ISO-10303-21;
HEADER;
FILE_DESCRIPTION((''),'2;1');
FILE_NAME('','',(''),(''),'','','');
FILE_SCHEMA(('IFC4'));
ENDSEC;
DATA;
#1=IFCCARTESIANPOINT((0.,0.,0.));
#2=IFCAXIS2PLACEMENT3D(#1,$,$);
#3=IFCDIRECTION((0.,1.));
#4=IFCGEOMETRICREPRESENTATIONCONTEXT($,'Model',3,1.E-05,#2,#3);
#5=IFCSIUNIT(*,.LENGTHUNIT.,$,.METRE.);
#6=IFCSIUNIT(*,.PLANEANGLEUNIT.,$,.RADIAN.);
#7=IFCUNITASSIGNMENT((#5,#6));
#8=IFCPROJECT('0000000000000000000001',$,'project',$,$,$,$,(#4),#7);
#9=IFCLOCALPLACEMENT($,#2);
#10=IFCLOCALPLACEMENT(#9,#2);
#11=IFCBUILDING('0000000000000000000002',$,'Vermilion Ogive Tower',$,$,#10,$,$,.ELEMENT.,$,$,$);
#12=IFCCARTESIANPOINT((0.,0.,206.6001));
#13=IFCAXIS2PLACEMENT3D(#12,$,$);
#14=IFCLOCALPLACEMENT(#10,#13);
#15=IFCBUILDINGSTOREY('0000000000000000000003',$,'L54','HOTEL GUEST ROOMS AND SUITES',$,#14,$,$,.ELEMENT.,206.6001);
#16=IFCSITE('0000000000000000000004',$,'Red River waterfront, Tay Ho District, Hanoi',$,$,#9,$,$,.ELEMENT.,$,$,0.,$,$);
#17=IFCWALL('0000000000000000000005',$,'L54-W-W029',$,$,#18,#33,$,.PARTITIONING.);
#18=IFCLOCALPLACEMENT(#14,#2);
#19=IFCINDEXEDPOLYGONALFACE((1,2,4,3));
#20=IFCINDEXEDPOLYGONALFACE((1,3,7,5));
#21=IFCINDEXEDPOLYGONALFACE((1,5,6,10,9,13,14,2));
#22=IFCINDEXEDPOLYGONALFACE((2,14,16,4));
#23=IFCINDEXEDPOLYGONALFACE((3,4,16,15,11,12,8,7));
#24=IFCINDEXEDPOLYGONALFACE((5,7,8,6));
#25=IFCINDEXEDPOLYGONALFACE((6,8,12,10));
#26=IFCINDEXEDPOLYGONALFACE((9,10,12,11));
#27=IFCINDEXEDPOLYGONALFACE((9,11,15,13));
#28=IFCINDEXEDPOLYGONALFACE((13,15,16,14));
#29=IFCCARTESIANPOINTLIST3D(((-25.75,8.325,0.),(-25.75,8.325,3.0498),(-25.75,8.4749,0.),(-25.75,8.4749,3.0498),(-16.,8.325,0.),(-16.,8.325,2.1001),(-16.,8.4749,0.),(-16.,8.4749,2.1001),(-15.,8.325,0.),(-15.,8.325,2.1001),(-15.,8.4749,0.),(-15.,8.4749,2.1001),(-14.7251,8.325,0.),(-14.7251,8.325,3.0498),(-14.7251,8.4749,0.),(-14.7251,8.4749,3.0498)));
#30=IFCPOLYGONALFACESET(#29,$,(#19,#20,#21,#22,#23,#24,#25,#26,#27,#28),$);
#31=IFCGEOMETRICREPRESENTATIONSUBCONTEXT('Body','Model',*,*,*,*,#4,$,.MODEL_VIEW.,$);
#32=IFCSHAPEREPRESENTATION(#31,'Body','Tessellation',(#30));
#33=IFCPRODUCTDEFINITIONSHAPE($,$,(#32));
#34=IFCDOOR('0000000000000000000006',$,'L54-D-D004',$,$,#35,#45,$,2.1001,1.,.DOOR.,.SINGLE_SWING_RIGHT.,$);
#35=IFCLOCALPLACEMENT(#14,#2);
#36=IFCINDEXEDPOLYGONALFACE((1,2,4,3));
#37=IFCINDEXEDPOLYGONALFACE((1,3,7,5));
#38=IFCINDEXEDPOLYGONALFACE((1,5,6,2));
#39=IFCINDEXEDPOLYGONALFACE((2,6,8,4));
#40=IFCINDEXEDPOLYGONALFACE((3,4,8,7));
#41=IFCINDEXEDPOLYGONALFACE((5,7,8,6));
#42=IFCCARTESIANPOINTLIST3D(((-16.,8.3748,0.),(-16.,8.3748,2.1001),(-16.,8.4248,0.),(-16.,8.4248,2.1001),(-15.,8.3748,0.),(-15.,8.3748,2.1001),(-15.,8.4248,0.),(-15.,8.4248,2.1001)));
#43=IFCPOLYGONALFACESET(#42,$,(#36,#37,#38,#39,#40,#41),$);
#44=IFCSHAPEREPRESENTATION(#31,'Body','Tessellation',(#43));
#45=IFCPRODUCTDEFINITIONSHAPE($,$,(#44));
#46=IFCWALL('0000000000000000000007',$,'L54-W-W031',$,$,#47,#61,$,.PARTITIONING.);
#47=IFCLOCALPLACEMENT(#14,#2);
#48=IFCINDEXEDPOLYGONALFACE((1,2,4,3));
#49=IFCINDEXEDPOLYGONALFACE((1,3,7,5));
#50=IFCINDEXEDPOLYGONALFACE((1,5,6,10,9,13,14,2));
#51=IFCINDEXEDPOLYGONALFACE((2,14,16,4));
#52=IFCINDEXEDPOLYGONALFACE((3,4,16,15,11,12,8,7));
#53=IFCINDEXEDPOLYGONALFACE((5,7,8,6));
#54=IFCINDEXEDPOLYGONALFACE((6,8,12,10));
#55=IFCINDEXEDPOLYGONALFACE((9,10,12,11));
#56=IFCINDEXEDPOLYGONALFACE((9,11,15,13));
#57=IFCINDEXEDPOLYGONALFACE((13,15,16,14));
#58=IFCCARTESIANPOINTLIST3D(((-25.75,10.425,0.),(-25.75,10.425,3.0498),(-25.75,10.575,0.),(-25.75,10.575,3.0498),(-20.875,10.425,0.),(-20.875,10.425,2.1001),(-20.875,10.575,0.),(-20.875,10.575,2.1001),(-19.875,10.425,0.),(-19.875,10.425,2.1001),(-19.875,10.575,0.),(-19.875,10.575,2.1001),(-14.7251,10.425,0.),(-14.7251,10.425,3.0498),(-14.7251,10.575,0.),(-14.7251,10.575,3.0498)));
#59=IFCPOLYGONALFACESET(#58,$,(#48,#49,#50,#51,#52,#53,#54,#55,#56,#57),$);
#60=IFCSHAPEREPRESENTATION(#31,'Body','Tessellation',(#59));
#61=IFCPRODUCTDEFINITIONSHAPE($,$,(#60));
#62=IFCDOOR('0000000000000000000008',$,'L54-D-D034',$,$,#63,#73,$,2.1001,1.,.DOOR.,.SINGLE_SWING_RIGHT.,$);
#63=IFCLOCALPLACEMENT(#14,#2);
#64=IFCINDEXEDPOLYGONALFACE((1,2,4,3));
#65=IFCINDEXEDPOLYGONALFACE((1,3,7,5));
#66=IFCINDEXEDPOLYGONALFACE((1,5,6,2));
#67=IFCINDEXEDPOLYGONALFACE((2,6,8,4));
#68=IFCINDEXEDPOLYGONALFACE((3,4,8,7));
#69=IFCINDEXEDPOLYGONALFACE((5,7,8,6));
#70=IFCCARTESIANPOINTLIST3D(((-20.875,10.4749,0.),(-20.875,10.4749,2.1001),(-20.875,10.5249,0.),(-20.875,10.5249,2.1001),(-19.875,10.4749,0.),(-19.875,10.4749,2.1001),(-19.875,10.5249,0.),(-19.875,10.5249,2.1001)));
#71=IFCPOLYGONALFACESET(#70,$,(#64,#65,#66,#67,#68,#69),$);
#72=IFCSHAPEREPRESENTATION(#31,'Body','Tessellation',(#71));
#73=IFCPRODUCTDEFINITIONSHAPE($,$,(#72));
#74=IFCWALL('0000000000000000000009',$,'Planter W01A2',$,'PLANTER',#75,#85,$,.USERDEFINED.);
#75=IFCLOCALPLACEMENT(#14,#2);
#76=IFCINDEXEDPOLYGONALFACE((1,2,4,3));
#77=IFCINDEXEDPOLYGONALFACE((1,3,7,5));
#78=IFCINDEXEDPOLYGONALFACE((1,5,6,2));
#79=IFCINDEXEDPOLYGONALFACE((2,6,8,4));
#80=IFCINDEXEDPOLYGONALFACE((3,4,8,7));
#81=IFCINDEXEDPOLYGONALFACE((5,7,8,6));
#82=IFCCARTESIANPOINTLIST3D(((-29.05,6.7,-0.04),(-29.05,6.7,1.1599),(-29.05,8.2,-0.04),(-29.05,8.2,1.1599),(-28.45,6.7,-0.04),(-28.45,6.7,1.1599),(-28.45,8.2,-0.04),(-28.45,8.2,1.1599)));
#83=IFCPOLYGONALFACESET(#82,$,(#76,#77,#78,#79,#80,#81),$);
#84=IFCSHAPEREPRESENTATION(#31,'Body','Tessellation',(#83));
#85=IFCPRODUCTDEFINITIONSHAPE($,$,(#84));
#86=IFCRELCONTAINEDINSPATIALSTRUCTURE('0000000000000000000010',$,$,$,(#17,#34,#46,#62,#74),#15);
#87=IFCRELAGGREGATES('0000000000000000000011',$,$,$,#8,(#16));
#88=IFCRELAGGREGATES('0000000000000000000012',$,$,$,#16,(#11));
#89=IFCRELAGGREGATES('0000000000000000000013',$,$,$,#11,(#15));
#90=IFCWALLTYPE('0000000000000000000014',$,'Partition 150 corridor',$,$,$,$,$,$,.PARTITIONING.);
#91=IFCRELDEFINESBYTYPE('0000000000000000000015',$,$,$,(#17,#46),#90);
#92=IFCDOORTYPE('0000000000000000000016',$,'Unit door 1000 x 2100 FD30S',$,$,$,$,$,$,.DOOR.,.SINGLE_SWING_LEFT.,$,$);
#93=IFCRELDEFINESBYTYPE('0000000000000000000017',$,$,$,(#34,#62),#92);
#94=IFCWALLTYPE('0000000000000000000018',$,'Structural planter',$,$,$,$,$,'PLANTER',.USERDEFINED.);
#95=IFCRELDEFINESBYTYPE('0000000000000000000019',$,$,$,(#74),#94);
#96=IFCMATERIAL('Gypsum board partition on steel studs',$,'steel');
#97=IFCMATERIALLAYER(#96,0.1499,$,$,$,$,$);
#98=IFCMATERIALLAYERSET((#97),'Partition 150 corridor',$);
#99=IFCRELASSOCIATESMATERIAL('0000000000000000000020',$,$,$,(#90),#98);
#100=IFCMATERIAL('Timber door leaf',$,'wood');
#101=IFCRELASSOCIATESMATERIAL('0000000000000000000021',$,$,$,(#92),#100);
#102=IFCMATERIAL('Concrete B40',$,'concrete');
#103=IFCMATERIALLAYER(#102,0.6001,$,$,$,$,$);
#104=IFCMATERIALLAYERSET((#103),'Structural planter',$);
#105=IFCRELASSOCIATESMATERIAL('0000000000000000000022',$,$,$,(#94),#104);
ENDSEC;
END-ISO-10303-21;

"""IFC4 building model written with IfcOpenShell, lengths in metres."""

from ifc_helpers import new_model, si_unit, direction, frame, frame_2d, origin, place, context, subcontext, project, spatial, rectangle, extrude, material, layer, layer_set, type_object, element, fill, save


model = new_model("IFC4")

# Units and contexts
model_context = context("Model", 3, precision=1e-05, world=origin(), true_north=direction((0.0, 1.0)))
body_context = subcontext(model_context, "Body", "Model", "MODEL_VIEW")
ifc_project = project(units=[si_unit("LENGTHUNIT", "METRE"), si_unit("PLANEANGLEUNIT", "RADIAN")], contexts=[model_context])

# Site, building, storey
site_placement = place(None, origin())
site = spatial("IfcSite", under=ifc_project, at=site_placement, Name="Red River waterfront, Tay Ho District, Hanoi", CompositionType="ELEMENT", RefElevation=0.0)
building_placement = place(site_placement, origin())
building = spatial("IfcBuilding", under=site, at=building_placement, Name="Vermilion Ogive Tower", CompositionType="ELEMENT")
storey_placement = place(building_placement, frame((0.0, 0.0, 206.6001)))
storey = spatial("IfcBuildingStorey", under=building, at=storey_placement, Name="L54", Description="HOTEL GUEST ROOMS AND SUITES", CompositionType="ELEMENT", Elevation=206.6001)

# Walls, openings, doors
ifc_material_1 = material(Name="Gypsum board partition on steel studs", Category="steel")
ifc_layer_1 = layer(ifc_material_1, 0.1499)
ifc_layer_set_1 = layer_set([ifc_layer_1], Name="Partition 150 corridor")
wall_type_1 = type_object("IfcWallType", Name="Partition 150 corridor", PredefinedType="PARTITIONING", material=ifc_layer_set_1)
wall_1_placement = place(storey_placement, frame((-25.75, 8.3999, 0.0), z_axis=(0.0, 0.0, 1.0), x_axis=(1.0, 0.0, 0.0)))
wall_1 = element("IfcWall", 1, at=wall_1_placement, inside=storey, type_object=wall_type_1, Name="L54-W-W029", PredefinedType="PARTITIONING", context=body_context, shape_type="SweptSolid", body=[
    extrude(rectangle(XDim=11.0249, YDim=0.1499, at=frame_2d((5.5125, 0.0))), origin(), (0.0, 0.0, 1.0), 3.0498),
])
opening_1_placement = place(wall_1_placement, frame((9.75, 0.0, 0.0)))
opening_1 = element("IfcOpeningElement", 2, at=opening_1_placement, cuts=wall_1, PredefinedType="OPENING", context=body_context, shape_type="SweptSolid", body=[
    extrude(rectangle(XDim=1.0, YDim=2.1001, at=frame_2d((0.5, 1.05))), frame((0.0, 0.085, 0.0), z_axis=(0.0, -1.0, 0.0), x_axis=(1.0, 0.0, 0.0)), (0.0, 0.0, 1.0), 0.1699),
])
ifc_material_2 = material(Name="Timber door leaf", Category="wood")
door_type_1 = type_object("IfcDoorType", Name="Unit door 1000 x 2100 FD30S", OperationType="SINGLE_SWING_LEFT", PredefinedType="DOOR", material=ifc_material_2)
door_1_placement = place(opening_1_placement, origin())
door_1 = element("IfcDoor", 3, at=door_1_placement, inside=storey, type_object=door_type_1, Name="L54-D-D004", OperationType="SINGLE_SWING_RIGHT", OverallHeight=2.1001, OverallWidth=1.0, PredefinedType="DOOR", context=body_context, shape_type="SweptSolid", body=[
    extrude(rectangle(XDim=1.0, YDim=2.1001, at=frame_2d((0.5, 1.05))), frame((0.0, 0.0249, 0.0), z_axis=(0.0, -1.0, 0.0), x_axis=(1.0, 0.0, 0.0)), (0.0, 0.0, 1.0), 0.05),
])
fill(opening_1, door_1)
wall_2_placement = place(storey_placement, frame((-25.75, 10.5, 0.0), z_axis=(0.0, 0.0, 1.0), x_axis=(1.0, 0.0, 0.0)))
wall_2 = element("IfcWall", 4, at=wall_2_placement, inside=storey, type_object=wall_type_1, Name="L54-W-W031", PredefinedType="PARTITIONING", context=body_context, shape_type="SweptSolid", body=[
    extrude(rectangle(XDim=11.0249, YDim=0.1499, at=frame_2d((5.5125, 0.0))), origin(), (0.0, 0.0, 1.0), 3.0498),
])
opening_2_placement = place(wall_2_placement, frame((4.875, 0.0, 0.0)))
opening_2 = element("IfcOpeningElement", 5, at=opening_2_placement, cuts=wall_2, PredefinedType="OPENING", context=body_context, shape_type="SweptSolid", body=[
    extrude(rectangle(XDim=1.0, YDim=2.1001, at=frame_2d((0.5, 1.05))), frame((0.0, 0.085, 0.0), z_axis=(0.0, -1.0, 0.0), x_axis=(1.0, 0.0, 0.0)), (0.0, 0.0, 1.0), 0.1699),
])
door_2_placement = place(opening_2_placement, origin())
door_2 = element("IfcDoor", 6, at=door_2_placement, inside=storey, type_object=door_type_1, Name="L54-D-D034", OperationType="SINGLE_SWING_RIGHT", OverallHeight=2.1001, OverallWidth=1.0, PredefinedType="DOOR", context=body_context, shape_type="SweptSolid", body=[
    extrude(rectangle(XDim=1.0, YDim=2.1001, at=frame_2d((0.5, 1.05))), frame((0.0, 0.0249, 0.0), z_axis=(0.0, -1.0, 0.0), x_axis=(1.0, 0.0, 0.0)), (0.0, 0.0, 1.0), 0.05),
])
fill(opening_2, door_2)

# Wall
ifc_material_3 = material(Name="Concrete B40", Category="concrete")
ifc_layer_2 = layer(ifc_material_3, 0.6001)
ifc_layer_set_2 = layer_set([ifc_layer_2], Name="Structural planter")
wall_type_2 = type_object("IfcWallType", Name="Structural planter", ElementType="PLANTER", PredefinedType="USERDEFINED", material=ifc_layer_set_2)
wall_3_placement = place(storey_placement, frame((-28.75, 8.2, -0.04), z_axis=(0.0, 0.0, 1.0), x_axis=(0.0, -1.0, 0.0)))
element("IfcWall", 7, at=wall_3_placement, inside=storey, type_object=wall_type_2, Name="Planter W01A2", ObjectType="PLANTER", PredefinedType="USERDEFINED", context=body_context, shape_type="SweptSolid", body=[
    extrude(rectangle(XDim=1.5, YDim=0.6001, at=frame_2d((0.75, 0.0))), origin(), (0.0, 0.0, 1.0), 1.2),
])

save(model, "model.ifc")
